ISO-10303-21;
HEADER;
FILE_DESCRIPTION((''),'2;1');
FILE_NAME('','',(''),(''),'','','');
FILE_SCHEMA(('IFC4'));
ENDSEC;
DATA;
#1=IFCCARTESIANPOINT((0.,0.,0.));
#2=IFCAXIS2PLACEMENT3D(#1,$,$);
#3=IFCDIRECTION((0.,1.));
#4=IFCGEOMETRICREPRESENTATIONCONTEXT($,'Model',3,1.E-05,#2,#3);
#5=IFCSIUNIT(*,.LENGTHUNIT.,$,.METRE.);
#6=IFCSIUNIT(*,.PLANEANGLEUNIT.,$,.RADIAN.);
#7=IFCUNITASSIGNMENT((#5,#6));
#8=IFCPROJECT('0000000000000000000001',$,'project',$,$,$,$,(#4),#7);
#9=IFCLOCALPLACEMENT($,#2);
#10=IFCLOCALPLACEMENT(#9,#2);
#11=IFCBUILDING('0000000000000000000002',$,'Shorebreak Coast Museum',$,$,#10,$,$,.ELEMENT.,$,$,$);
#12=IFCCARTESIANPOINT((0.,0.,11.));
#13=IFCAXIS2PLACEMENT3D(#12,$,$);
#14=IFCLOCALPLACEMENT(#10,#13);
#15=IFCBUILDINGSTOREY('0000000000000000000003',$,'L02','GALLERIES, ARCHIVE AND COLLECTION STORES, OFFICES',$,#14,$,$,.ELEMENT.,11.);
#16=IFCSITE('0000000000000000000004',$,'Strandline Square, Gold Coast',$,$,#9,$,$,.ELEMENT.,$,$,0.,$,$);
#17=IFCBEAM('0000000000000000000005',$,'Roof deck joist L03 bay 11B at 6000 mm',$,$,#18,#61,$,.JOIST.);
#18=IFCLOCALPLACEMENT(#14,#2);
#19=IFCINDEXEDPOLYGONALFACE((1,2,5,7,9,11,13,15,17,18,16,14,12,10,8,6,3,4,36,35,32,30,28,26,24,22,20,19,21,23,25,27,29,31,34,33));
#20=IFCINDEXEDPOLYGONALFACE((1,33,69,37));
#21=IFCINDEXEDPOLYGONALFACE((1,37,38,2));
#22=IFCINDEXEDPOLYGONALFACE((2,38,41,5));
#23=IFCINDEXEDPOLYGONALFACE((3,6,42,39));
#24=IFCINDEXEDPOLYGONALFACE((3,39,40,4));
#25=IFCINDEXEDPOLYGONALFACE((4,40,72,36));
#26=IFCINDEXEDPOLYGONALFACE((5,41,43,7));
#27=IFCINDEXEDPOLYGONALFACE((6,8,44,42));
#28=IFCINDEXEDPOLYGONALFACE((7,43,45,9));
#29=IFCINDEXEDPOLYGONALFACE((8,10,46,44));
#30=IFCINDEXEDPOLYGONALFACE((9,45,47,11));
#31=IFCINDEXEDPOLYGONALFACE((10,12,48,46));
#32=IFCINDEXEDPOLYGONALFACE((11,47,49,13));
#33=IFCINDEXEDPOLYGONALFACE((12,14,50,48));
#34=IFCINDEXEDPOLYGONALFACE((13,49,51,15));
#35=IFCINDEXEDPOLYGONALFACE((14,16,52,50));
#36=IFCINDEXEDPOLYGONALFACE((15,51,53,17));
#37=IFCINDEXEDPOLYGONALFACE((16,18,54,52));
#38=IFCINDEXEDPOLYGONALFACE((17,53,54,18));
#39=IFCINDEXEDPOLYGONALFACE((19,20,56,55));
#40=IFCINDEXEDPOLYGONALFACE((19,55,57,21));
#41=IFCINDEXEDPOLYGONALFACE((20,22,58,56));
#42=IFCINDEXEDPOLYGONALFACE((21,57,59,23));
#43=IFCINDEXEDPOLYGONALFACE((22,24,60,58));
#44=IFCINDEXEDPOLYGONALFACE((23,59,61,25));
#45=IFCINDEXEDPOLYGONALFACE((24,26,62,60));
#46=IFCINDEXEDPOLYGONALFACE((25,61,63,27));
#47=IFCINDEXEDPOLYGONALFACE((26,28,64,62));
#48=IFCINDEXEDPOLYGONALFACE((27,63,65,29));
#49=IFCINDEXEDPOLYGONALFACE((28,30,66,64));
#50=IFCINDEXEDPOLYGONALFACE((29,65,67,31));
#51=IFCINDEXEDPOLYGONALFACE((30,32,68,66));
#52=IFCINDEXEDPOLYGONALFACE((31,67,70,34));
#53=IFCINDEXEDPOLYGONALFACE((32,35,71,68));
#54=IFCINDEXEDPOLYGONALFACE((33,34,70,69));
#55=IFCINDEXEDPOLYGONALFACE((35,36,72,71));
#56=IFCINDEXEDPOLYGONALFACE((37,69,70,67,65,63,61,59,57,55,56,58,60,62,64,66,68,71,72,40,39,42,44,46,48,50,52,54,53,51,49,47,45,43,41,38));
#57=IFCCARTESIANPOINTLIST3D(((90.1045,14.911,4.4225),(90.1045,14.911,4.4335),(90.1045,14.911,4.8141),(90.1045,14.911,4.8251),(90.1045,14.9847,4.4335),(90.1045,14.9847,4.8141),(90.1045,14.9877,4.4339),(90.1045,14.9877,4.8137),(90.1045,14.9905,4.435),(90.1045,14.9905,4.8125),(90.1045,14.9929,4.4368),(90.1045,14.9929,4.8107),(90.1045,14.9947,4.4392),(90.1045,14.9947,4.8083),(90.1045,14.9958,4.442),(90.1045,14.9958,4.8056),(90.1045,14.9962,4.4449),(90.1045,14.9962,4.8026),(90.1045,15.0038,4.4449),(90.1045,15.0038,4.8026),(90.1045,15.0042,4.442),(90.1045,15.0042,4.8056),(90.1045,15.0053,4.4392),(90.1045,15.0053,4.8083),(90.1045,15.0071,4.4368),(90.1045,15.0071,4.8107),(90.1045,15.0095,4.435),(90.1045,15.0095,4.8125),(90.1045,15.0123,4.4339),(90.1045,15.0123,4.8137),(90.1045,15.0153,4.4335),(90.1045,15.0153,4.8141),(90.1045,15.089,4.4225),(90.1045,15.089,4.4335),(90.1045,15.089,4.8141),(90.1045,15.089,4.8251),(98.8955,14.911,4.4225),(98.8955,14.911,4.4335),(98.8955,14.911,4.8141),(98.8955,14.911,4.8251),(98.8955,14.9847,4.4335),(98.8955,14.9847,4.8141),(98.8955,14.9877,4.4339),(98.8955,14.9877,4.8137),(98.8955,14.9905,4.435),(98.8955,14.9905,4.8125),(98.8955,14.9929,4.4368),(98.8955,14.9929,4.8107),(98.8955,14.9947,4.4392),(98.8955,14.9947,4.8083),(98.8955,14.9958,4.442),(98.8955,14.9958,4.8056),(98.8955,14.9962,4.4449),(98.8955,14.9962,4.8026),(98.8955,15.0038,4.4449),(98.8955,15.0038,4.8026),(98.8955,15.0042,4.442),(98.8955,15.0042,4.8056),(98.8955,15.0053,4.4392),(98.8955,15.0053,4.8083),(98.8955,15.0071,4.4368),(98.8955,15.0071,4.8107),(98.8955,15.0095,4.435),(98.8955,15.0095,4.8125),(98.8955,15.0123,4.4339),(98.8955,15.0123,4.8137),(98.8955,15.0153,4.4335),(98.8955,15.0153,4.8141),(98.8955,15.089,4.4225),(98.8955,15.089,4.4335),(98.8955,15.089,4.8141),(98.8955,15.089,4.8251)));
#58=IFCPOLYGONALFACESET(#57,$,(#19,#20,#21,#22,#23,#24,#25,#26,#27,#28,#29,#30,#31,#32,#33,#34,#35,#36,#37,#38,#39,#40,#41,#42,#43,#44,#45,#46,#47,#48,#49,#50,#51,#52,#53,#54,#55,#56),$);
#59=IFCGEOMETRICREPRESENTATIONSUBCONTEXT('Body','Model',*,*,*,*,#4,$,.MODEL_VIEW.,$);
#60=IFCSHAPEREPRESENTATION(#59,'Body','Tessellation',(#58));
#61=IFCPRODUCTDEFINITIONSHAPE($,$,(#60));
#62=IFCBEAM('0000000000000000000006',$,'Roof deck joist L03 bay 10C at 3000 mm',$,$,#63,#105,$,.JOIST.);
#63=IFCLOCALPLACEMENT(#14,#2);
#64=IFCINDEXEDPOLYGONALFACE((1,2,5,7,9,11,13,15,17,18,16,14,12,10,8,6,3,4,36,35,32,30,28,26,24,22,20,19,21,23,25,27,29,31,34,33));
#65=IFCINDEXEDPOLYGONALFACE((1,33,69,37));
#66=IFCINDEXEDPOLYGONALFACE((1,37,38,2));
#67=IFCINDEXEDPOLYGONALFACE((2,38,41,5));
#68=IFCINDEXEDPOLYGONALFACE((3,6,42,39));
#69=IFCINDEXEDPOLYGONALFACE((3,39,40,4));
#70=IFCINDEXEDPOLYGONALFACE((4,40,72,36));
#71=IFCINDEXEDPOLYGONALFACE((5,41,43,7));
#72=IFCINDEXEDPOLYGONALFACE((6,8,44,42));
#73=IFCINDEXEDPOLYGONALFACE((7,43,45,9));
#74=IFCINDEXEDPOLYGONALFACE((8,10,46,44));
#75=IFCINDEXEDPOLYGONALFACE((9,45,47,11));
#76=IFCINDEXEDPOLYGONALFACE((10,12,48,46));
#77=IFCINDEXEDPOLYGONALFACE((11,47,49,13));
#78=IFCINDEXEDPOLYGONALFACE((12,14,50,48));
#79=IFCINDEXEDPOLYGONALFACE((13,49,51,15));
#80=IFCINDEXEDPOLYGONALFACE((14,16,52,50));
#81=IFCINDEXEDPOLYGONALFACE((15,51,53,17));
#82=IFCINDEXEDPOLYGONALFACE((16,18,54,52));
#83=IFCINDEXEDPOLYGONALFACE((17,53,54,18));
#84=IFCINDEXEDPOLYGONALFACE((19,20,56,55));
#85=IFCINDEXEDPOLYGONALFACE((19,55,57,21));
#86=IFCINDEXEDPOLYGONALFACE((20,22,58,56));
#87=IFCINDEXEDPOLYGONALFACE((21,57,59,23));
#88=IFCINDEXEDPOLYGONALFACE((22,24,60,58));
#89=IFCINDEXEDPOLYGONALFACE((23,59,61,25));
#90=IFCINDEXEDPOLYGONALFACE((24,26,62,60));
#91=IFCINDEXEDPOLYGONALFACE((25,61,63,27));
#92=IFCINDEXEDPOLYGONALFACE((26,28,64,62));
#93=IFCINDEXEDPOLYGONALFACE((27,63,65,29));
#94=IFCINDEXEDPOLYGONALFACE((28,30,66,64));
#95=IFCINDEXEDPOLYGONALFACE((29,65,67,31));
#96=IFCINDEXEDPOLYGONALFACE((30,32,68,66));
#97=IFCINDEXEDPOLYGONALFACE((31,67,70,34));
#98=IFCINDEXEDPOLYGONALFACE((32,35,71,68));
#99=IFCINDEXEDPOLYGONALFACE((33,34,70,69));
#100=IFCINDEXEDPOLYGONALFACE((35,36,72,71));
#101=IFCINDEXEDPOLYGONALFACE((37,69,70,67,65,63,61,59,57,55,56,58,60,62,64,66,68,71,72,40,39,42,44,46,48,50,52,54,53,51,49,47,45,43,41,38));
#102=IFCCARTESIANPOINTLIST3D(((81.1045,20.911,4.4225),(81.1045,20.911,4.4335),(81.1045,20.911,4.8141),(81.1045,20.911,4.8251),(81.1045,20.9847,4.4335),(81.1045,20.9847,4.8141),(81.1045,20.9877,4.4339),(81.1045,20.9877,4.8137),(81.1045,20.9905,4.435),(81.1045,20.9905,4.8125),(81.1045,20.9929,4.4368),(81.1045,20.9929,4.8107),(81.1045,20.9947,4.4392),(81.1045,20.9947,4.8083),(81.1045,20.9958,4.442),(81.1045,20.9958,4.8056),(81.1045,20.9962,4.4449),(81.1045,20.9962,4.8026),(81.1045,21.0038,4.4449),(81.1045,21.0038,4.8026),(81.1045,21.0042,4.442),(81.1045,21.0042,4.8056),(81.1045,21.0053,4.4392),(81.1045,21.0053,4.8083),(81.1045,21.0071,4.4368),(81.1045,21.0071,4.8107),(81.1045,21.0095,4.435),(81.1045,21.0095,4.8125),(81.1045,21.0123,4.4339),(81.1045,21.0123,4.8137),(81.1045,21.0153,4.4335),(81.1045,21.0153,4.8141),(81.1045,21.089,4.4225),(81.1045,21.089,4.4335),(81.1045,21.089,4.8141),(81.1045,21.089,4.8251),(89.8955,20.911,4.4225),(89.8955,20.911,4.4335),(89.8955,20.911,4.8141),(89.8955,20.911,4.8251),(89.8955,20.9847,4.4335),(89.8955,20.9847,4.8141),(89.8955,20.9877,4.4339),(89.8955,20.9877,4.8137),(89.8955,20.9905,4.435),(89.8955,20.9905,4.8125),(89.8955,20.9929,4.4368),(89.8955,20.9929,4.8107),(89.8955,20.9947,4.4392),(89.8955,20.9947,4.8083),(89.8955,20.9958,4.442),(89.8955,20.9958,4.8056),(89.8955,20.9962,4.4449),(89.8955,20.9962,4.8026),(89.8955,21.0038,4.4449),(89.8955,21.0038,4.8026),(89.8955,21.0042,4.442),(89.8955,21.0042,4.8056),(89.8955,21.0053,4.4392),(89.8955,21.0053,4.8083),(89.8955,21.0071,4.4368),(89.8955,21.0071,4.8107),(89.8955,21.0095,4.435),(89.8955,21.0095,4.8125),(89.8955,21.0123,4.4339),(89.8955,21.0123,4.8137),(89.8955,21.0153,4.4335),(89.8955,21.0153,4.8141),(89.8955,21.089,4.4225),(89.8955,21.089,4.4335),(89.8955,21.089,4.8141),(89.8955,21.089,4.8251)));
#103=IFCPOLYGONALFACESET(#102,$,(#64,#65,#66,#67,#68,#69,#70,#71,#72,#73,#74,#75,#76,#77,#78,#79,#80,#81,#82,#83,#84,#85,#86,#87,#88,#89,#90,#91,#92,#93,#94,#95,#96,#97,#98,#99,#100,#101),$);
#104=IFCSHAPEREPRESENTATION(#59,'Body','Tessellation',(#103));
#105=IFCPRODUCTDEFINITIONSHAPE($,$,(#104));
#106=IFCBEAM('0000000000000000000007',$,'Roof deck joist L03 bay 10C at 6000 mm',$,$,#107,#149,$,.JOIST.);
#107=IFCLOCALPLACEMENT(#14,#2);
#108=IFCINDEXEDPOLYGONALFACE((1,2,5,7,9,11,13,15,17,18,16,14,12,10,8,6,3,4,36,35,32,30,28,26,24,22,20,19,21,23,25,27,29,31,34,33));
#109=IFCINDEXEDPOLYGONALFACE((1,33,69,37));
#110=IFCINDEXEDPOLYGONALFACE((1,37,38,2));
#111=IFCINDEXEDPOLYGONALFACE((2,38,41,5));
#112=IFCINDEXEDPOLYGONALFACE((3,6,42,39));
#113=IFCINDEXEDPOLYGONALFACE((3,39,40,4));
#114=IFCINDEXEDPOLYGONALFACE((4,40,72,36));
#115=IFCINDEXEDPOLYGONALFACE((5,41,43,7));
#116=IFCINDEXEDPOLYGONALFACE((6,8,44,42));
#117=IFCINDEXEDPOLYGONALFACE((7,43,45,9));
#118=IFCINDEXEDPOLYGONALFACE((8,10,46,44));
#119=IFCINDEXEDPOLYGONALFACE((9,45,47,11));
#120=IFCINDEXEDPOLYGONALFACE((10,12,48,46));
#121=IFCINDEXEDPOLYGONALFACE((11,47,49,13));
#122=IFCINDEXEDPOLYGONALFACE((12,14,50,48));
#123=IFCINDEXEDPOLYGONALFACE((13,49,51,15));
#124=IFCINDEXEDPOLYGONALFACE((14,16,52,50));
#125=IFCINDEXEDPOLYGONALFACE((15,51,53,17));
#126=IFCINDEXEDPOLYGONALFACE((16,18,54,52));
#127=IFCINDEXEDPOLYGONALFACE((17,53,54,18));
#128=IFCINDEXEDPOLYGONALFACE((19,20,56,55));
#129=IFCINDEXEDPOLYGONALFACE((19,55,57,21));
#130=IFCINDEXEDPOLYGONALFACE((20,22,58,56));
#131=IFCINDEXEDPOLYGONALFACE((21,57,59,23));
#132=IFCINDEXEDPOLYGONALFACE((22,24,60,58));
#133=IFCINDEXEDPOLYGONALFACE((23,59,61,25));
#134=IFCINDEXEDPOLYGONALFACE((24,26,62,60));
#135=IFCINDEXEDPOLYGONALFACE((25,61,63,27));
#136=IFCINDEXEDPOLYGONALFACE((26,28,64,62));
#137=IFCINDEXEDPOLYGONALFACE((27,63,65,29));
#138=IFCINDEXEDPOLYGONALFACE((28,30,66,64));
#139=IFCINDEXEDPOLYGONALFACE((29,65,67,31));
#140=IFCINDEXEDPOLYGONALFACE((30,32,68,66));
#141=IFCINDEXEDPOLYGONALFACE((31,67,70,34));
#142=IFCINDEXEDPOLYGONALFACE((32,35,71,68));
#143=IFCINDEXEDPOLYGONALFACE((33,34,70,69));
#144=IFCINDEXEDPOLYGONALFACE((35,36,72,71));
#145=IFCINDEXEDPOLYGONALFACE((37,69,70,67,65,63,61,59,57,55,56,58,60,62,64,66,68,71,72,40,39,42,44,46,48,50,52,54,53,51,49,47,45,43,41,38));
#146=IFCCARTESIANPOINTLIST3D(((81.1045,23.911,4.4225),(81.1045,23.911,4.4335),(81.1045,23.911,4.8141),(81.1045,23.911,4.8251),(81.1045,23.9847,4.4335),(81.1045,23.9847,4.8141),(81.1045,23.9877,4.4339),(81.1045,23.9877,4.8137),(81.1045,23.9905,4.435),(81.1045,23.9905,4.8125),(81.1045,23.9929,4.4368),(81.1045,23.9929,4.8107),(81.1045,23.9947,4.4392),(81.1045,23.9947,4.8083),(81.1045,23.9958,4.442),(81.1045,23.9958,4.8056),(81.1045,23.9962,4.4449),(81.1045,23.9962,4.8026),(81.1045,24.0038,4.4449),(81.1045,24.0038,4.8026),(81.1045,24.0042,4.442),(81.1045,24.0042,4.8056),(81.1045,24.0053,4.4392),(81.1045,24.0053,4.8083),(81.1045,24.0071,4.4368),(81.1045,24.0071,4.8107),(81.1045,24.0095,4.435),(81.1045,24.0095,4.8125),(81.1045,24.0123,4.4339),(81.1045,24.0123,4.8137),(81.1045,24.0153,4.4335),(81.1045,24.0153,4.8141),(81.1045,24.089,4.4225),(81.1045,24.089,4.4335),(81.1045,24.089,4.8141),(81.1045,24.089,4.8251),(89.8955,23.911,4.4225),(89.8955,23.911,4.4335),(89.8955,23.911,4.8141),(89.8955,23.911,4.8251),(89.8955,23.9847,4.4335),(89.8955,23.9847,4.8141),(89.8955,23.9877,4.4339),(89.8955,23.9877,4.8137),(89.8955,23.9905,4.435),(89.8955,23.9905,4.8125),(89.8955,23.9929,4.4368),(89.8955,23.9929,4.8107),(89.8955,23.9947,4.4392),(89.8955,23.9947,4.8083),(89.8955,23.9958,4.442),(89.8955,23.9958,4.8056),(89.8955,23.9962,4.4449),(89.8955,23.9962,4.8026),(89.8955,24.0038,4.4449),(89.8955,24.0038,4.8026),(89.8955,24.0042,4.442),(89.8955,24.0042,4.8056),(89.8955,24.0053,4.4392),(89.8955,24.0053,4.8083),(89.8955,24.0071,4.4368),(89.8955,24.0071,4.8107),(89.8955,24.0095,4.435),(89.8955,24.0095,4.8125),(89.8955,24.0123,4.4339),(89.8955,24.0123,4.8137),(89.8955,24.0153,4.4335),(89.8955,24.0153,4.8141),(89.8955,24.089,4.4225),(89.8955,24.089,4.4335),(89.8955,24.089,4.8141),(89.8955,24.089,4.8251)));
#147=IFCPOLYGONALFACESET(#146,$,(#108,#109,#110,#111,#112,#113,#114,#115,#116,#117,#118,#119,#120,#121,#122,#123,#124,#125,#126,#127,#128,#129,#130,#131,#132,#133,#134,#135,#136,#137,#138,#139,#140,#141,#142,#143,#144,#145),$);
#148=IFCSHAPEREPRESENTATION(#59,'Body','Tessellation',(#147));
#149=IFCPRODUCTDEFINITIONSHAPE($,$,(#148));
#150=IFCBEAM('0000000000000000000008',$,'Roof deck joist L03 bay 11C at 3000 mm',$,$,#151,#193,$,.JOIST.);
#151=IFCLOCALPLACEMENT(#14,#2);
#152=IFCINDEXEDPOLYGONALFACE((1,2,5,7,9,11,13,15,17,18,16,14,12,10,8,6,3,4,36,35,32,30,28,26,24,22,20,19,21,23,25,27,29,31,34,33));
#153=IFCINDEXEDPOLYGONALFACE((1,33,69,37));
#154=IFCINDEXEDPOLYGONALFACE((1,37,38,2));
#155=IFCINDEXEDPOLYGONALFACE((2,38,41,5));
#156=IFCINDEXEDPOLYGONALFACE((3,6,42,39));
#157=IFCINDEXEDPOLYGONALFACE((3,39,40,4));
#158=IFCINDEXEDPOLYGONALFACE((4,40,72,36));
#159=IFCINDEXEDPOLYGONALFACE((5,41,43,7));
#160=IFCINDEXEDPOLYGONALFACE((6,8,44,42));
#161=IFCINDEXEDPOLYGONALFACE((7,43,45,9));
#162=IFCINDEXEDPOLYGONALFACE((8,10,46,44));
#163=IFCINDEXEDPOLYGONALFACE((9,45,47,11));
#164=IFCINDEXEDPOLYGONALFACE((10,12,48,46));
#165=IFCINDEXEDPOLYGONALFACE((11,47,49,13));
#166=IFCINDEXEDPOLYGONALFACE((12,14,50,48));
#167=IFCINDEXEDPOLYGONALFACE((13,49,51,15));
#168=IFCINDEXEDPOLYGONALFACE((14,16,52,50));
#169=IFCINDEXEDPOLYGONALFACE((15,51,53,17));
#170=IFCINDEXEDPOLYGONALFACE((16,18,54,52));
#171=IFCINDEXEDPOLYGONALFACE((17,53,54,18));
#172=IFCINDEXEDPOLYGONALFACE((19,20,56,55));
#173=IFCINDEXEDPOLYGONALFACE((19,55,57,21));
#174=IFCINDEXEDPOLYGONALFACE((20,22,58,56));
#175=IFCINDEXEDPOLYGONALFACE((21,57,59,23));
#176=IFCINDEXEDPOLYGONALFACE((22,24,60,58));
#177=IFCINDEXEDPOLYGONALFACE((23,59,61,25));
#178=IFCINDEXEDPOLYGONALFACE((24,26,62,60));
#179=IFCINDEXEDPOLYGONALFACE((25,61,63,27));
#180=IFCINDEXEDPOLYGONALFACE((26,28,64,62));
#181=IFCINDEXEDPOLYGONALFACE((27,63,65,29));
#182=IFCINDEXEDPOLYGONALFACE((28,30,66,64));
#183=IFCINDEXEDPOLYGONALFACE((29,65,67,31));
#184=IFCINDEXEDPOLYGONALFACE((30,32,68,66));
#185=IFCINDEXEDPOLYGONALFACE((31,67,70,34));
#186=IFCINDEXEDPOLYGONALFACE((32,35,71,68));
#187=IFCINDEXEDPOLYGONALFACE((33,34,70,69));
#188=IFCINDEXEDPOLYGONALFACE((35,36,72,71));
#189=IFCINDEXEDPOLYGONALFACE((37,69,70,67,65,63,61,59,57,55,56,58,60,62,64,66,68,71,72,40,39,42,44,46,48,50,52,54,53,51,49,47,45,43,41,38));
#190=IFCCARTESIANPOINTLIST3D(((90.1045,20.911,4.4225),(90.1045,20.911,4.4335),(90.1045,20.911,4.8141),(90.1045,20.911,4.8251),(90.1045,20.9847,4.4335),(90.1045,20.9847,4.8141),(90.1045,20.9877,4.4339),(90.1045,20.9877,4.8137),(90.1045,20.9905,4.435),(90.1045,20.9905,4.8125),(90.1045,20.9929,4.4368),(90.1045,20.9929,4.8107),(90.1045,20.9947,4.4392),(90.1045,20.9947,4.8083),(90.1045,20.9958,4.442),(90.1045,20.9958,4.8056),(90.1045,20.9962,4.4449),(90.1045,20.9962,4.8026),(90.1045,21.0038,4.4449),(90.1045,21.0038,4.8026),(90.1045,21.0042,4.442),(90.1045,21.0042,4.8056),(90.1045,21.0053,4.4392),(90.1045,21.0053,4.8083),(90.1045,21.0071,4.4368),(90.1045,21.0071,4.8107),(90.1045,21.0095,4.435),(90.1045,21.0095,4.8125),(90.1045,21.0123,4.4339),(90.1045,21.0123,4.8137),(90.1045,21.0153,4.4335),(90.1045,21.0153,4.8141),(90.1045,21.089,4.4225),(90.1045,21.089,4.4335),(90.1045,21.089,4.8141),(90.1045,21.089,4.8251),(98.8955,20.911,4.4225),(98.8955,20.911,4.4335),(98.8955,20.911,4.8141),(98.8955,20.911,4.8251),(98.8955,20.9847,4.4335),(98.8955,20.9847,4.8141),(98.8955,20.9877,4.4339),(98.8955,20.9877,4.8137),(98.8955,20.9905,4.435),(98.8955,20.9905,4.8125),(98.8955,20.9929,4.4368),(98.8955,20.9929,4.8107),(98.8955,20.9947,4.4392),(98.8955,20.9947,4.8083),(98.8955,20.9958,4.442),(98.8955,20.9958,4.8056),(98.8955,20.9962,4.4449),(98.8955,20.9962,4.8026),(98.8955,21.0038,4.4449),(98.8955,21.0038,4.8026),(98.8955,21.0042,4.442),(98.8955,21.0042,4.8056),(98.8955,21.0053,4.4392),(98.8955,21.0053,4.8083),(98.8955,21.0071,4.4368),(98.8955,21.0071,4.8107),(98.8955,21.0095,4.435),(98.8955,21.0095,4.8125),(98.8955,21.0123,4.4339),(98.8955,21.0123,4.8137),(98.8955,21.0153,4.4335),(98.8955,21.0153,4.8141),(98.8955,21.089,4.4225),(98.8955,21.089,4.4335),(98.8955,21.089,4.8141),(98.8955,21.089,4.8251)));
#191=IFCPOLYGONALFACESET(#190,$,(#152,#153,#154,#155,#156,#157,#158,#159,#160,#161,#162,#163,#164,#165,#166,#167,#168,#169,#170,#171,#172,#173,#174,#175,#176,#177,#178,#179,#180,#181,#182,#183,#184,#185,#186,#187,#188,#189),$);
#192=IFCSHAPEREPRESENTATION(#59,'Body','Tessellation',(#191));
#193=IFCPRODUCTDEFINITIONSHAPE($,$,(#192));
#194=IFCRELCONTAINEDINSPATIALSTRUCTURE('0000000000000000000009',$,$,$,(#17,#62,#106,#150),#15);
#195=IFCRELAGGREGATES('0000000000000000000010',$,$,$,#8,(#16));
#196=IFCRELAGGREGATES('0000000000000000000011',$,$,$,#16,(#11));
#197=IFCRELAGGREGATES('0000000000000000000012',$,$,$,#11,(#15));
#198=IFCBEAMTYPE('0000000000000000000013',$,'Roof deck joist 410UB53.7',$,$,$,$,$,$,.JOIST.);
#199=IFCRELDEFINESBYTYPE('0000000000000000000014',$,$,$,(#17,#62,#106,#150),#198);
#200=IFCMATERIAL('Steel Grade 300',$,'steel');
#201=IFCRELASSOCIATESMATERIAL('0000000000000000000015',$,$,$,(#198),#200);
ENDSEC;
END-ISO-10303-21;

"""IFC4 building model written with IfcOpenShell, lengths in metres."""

from ifc_helpers import new_model, si_unit, direction, frame, origin, origin_2d, place, context, subcontext, project, spatial, i_section, extrude, material, material_profile, profile_set, type_object, element, save


model = new_model("IFC4")

# Units and contexts
model_context = context("Model", 3, precision=1e-05, world=origin(), true_north=direction((0.0, 1.0)))
body_context = subcontext(model_context, "Body", "Model", "MODEL_VIEW")
ifc_project = project(units=[si_unit("LENGTHUNIT", "METRE"), si_unit("PLANEANGLEUNIT", "RADIAN")], contexts=[model_context])

# Site, building, storey
site_placement = place(None, origin())
site = spatial("IfcSite", under=ifc_project, at=site_placement, Name="Strandline Square, Gold Coast", CompositionType="ELEMENT", RefElevation=0.0)
building_placement = place(site_placement, origin())
building = spatial("IfcBuilding", under=site, at=building_placement, Name="Shorebreak Coast Museum", CompositionType="ELEMENT")
storey_placement = place(building_placement, frame((0.0, 0.0, 11.0)))
storey = spatial("IfcBuildingStorey", under=building, at=storey_placement, Name="L02", Description="GALLERIES, ARCHIVE AND COLLECTION STORES, OFFICES", CompositionType="ELEMENT", Elevation=11.0)

# Beams
ifc_material_1 = material(Name="Steel Grade 300", Category="steel")
ifc_material_profile_1 = material_profile(ifc_material_1, i_section(OverallWidth=0.178, OverallDepth=0.4026, WebThickness=0.0076, FlangeThickness=0.011, FilletRadius=0.0115, at=origin_2d()), Name="410UB53.7")
ifc_profile_set_1 = profile_set([ifc_material_profile_1], Name="Steel Grade 300")
beam_type_1 = type_object("IfcBeamType", Name="Roof deck joist 410UB53.7", PredefinedType="JOIST", material=ifc_profile_set_1)
for number, where, z_axis, x_axis, name in (
    (1, (90.1045, 15.0, 4.6238), (1.0, 0.0, 0.0), (0.0, 1.0, 0.0), "Roof deck joist L03 bay 11B at 6000 mm"),
    (2, (81.1045, 21.0, 4.6238), (1.0, 0.0, 0.0), (0.0, 1.0, 0.0), "Roof deck joist L03 bay 10C at 3000 mm"),
    (3, (81.1045, 24.0, 4.6238), (1.0, 0.0, 0.0), (0.0, 1.0, 0.0), "Roof deck joist L03 bay 10C at 6000 mm"),
    (4, (90.1045, 21.0, 4.6238), (1.0, 0.0, 0.0), (0.0, 1.0, 0.0), "Roof deck joist L03 bay 11C at 3000 mm"),
):
    element("IfcBeam", number, at=place(storey_placement, frame(where, z_axis=z_axis, x_axis=x_axis)), inside=storey, type_object=beam_type_1, Name=name, PredefinedType="JOIST", context=body_context, shape_type="SweptSolid", body=[
        extrude(i_section(OverallWidth=0.178, OverallDepth=0.4026, WebThickness=0.0076, FlangeThickness=0.011, FilletRadius=0.0115, at=origin_2d()), origin(), (0.0, 0.0, 1.0), 8.791),
    ])

save(model, "model.ifc")
